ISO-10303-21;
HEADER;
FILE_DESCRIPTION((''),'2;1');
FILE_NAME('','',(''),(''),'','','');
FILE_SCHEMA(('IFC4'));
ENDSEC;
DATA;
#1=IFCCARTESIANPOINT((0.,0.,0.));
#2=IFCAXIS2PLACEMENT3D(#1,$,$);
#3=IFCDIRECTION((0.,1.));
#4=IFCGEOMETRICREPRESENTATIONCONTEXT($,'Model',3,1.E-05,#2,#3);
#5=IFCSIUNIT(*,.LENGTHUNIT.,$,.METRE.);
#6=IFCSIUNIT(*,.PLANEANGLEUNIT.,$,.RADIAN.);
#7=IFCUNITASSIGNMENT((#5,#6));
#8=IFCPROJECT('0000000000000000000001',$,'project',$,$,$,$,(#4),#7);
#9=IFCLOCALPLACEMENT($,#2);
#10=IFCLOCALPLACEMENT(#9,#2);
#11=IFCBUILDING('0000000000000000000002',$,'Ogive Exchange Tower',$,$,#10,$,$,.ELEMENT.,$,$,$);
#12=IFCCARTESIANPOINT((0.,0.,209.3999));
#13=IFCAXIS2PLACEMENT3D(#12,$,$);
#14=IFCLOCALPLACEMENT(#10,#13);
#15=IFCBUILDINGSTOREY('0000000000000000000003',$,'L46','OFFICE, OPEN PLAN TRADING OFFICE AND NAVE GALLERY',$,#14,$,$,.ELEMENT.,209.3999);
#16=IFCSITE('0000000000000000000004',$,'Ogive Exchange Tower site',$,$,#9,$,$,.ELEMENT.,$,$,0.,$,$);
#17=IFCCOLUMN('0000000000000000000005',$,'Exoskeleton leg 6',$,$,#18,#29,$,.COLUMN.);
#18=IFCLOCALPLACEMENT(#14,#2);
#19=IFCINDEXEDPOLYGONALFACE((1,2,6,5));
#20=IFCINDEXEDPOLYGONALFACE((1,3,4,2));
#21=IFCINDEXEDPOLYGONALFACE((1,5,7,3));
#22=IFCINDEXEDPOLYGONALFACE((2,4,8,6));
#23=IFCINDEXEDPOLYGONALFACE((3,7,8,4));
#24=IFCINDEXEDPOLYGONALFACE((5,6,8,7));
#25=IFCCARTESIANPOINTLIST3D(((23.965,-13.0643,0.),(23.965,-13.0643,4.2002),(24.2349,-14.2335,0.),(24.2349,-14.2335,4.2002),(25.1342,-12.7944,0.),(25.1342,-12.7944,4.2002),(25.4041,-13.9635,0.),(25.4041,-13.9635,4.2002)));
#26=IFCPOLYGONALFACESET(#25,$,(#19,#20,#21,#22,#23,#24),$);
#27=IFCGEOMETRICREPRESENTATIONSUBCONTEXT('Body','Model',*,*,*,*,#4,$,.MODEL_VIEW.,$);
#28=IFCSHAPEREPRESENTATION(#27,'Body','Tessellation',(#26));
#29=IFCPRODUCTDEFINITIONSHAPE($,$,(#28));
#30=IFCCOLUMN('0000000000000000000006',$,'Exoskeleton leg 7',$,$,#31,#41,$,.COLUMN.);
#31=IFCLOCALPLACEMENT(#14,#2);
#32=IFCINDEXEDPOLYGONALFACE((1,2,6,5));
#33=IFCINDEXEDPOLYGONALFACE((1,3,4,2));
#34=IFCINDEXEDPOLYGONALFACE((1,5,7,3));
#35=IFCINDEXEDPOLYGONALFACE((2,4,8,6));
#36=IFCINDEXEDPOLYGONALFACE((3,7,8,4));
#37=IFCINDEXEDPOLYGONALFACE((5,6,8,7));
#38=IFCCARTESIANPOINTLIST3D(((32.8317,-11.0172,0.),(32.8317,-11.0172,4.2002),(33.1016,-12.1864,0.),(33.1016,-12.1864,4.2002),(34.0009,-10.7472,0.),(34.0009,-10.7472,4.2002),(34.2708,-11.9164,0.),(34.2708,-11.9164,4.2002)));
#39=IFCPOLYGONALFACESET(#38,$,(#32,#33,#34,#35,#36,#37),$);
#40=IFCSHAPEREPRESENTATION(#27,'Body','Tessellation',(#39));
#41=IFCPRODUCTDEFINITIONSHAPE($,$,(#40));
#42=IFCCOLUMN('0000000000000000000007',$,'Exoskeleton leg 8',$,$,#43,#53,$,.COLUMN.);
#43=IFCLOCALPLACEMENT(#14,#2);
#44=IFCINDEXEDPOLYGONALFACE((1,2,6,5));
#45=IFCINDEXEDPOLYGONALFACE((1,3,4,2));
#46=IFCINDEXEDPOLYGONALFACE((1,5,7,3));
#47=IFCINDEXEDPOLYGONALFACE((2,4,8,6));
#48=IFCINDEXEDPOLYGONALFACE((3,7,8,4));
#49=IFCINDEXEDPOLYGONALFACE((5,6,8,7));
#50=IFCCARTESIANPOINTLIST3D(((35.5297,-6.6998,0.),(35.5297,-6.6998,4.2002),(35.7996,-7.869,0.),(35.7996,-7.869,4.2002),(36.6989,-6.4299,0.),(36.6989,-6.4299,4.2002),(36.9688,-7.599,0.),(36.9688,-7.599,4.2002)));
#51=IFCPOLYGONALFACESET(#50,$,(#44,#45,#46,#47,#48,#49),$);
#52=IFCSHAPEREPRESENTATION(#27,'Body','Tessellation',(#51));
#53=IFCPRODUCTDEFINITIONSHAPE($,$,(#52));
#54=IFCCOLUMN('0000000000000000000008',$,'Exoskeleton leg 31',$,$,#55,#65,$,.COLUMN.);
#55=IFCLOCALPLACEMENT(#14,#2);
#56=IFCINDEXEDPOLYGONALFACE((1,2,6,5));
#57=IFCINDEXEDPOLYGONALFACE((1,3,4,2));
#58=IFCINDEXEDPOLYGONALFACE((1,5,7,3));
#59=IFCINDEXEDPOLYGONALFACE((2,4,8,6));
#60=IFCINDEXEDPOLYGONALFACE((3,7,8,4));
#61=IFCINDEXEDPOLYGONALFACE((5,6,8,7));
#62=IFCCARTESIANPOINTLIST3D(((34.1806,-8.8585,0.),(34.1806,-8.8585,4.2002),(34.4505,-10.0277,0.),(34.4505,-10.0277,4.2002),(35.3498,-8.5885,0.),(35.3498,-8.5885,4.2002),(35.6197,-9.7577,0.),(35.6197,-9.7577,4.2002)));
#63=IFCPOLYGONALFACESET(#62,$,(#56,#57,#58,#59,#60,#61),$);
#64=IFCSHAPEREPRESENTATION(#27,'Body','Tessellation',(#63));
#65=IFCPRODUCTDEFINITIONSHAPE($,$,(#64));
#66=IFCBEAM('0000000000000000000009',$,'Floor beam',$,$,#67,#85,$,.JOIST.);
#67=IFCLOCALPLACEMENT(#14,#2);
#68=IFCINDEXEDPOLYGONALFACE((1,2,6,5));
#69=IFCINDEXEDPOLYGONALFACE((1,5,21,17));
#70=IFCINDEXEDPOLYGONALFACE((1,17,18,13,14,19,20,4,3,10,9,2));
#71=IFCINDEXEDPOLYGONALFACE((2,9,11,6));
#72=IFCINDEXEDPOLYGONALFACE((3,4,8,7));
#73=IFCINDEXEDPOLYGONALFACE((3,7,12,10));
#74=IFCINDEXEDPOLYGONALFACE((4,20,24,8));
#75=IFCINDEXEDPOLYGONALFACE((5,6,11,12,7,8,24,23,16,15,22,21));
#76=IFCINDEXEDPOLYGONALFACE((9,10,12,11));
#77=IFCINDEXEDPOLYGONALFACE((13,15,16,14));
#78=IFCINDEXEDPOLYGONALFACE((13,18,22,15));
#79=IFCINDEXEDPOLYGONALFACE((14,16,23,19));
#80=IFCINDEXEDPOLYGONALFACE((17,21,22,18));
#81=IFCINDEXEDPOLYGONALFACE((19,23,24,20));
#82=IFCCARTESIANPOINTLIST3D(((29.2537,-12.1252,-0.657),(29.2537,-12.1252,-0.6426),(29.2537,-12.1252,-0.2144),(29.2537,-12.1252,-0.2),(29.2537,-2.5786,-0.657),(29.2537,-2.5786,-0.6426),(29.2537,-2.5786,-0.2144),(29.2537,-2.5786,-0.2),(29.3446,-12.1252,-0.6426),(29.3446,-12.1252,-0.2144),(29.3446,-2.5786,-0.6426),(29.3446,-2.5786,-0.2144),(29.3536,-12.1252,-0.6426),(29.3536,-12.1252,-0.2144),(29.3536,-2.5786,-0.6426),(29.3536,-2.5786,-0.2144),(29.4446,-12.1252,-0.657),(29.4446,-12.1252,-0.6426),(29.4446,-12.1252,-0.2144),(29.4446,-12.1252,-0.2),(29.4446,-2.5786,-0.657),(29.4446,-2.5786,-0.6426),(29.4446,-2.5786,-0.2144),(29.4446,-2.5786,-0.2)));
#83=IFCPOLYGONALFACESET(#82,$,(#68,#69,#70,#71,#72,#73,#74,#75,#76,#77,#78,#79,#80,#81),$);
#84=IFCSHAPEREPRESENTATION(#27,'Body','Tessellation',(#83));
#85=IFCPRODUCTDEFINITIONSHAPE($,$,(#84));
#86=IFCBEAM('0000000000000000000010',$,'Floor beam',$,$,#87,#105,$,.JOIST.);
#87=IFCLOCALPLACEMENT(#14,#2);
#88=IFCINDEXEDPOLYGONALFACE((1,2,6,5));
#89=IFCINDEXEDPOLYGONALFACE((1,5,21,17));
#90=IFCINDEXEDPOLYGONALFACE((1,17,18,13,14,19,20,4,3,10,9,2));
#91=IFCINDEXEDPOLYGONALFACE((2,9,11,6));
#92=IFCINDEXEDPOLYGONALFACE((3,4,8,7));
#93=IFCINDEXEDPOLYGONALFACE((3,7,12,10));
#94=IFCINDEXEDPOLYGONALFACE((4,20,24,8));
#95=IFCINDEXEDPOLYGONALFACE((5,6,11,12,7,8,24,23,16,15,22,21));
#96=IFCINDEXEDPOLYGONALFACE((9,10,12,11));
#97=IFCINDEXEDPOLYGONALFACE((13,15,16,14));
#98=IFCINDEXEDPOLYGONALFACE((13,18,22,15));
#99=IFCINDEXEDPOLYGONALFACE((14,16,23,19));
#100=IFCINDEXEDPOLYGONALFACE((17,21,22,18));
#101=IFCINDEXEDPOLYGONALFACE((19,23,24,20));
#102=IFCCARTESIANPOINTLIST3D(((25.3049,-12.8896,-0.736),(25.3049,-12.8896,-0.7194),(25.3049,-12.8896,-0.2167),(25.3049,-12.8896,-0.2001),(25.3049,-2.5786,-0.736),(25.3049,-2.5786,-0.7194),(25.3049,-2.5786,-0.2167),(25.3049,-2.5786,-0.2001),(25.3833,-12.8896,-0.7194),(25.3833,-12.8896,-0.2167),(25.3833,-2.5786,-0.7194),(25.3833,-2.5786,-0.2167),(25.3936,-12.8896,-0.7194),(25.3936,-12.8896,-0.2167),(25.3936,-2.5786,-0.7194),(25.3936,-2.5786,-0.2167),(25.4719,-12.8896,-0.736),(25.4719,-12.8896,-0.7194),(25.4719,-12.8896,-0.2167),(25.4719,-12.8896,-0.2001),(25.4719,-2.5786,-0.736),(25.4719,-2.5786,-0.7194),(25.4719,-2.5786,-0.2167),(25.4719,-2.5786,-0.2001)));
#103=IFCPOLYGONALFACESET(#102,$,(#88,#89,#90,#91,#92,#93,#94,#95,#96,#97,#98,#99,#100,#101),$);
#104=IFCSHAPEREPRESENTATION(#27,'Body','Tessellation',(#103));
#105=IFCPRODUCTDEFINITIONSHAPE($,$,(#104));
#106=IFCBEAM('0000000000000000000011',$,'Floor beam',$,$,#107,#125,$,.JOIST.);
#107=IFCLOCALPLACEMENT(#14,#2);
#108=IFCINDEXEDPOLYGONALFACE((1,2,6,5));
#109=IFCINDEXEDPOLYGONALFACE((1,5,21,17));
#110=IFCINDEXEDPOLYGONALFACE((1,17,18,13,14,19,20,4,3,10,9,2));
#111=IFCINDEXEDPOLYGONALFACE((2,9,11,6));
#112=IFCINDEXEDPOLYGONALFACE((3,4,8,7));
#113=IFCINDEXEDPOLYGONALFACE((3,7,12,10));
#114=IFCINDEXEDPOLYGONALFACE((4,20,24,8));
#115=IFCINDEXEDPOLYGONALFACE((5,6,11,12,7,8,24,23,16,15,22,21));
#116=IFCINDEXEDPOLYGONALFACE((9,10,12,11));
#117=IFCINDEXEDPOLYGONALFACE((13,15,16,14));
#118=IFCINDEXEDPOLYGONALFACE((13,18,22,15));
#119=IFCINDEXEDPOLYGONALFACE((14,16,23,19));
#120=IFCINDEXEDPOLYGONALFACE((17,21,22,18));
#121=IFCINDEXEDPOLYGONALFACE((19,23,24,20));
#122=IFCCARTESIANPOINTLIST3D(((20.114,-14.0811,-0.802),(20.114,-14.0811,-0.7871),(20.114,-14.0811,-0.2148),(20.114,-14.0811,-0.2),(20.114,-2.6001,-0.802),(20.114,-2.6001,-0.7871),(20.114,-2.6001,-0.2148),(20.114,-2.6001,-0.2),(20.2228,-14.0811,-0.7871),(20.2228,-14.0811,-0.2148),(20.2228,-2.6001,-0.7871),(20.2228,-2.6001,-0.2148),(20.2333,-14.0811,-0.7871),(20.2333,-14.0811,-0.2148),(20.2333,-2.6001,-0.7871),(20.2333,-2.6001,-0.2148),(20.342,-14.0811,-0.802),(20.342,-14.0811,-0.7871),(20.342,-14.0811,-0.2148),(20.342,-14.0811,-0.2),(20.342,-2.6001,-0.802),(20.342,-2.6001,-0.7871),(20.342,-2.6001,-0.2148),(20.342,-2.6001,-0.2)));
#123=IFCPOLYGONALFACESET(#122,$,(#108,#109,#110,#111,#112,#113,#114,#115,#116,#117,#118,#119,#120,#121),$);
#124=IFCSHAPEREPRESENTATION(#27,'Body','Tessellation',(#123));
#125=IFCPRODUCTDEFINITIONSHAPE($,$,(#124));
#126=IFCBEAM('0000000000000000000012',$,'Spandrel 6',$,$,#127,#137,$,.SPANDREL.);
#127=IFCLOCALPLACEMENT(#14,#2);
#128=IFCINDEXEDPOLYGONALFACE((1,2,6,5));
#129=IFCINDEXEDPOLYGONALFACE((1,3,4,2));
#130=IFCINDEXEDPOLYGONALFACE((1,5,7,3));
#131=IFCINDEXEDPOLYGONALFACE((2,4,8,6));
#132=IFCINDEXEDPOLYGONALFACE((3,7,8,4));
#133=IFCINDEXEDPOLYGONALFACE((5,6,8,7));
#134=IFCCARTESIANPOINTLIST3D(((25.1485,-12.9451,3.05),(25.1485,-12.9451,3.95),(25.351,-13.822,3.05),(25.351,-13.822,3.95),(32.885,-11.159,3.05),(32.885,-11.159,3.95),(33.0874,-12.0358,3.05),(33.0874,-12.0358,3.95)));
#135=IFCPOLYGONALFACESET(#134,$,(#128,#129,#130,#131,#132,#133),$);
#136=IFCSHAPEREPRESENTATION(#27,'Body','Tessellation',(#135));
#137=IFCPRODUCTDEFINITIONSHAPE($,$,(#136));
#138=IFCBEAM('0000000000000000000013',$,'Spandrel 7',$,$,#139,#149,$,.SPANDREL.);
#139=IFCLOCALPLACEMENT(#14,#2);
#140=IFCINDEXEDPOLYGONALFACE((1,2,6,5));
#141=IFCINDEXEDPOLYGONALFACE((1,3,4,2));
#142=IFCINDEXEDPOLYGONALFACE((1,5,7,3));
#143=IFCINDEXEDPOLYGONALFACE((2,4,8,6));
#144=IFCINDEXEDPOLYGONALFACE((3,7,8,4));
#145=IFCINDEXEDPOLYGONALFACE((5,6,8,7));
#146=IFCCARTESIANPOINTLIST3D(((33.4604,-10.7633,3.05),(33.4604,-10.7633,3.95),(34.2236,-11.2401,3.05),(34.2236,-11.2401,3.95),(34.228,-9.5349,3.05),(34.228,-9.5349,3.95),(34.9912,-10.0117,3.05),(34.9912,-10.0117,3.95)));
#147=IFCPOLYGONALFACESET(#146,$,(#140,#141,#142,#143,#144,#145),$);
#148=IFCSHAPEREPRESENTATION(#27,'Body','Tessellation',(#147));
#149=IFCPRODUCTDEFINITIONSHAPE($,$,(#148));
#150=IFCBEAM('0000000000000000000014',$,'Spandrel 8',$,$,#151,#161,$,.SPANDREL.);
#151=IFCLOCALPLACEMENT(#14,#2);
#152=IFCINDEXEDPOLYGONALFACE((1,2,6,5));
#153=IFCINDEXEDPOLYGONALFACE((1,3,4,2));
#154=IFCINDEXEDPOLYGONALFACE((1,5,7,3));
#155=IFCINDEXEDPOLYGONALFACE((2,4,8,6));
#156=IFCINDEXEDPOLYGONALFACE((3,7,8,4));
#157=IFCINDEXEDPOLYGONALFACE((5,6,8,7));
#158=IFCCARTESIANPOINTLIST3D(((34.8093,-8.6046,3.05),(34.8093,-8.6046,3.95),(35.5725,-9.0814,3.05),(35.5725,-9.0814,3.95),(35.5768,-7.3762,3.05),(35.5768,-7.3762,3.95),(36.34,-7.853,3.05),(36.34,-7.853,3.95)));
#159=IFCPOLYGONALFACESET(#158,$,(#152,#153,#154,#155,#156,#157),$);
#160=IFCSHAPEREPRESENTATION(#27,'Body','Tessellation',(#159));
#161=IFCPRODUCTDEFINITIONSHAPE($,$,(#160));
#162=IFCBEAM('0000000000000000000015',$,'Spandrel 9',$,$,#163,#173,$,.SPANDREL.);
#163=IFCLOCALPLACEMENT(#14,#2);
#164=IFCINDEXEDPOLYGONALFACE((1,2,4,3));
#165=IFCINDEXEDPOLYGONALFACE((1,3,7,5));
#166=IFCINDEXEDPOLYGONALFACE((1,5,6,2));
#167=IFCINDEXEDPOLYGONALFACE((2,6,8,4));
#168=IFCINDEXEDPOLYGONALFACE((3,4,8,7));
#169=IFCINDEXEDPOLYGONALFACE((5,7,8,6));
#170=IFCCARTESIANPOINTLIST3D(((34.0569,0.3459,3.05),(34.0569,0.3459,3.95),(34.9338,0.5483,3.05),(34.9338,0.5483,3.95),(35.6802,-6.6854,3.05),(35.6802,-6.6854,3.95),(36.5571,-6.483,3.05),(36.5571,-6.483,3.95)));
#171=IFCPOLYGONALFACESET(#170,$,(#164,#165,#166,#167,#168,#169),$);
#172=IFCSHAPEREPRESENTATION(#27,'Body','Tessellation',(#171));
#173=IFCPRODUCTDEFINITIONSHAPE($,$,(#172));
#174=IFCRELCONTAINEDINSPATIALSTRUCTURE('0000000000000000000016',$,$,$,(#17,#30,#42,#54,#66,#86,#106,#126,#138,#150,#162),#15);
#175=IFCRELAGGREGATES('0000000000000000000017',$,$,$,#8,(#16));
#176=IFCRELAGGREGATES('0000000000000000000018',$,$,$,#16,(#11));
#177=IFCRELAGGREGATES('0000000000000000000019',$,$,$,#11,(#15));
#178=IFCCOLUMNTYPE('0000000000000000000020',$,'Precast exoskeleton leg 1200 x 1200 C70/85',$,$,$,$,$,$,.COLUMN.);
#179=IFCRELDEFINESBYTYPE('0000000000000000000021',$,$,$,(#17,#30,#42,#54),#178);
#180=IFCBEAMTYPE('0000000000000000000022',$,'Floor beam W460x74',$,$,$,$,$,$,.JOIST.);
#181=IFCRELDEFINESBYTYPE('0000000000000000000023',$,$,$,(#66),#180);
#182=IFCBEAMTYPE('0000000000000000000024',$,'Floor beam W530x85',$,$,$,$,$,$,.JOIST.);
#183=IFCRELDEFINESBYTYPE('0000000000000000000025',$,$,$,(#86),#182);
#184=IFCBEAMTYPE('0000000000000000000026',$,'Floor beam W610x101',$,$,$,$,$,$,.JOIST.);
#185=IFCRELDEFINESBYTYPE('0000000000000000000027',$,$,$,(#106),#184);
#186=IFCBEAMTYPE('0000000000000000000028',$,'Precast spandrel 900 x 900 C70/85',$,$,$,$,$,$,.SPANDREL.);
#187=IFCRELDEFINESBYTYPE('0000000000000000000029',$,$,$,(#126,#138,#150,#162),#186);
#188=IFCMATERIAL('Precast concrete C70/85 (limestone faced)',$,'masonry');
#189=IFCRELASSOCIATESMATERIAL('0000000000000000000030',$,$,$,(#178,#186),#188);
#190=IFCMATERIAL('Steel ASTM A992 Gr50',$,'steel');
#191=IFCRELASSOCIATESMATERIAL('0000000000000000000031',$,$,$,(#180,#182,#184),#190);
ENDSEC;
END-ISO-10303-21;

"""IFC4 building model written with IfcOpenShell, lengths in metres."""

from ifc_helpers import new_model, si_unit, direction, frame, origin, origin_2d, place, context, subcontext, project, spatial, rectangle, i_section, extrude, material, material_profile, profile_set, type_object, element, save


model = new_model("IFC4")

# Units and contexts
model_context = context("Model", 3, precision=1e-05, world=origin(), true_north=direction((0.0, 1.0)))
body_context = subcontext(model_context, "Body", "Model", "MODEL_VIEW")
ifc_project = project(units=[si_unit("LENGTHUNIT", "METRE"), si_unit("PLANEANGLEUNIT", "RADIAN")], contexts=[model_context])

# Site, building, storey
site_placement = place(None, origin())
site = spatial("IfcSite", under=ifc_project, at=site_placement, Name="Ogive Exchange Tower site", CompositionType="ELEMENT", RefElevation=0.0)
building_placement = place(site_placement, origin())
building = spatial("IfcBuilding", under=site, at=building_placement, Name="Ogive Exchange Tower", CompositionType="ELEMENT")
storey_placement = place(building_placement, frame((0.0, 0.0, 209.3999)))
storey = spatial("IfcBuildingStorey", under=building, at=storey_placement, Name="L46", Description="OFFICE, OPEN PLAN TRADING OFFICE AND NAVE GALLERY", CompositionType="ELEMENT", Elevation=209.3999)

# Columns
ifc_material_1 = material(Name="Precast concrete C70/85 (limestone faced)", Category="masonry")
ifc_material_profile_1 = material_profile(ifc_material_1, rectangle(XDim=1.2, YDim=1.2, at=origin_2d()), Name="1200 x 1200")
ifc_profile_set_1 = profile_set([ifc_material_profile_1], Name="Precast concrete C70/85 (limestone faced)")
column_type = type_object("IfcColumnType", Name="Precast exoskeleton leg 1200 x 1200 C70/85", PredefinedType="COLUMN", material=ifc_profile_set_1)
for number, where, z_axis, x_axis, name in (
    (1, (24.6846, -13.5139, 0.0), (0.0, 0.0, 1.0), (0.97437, 0.224951, 0.0), "Exoskeleton leg 6"),
    (2, (33.5513, -11.4668, 0.0), (0.0, 0.0, 1.0), (0.97437, 0.224951, 0.0), "Exoskeleton leg 7"),
    (3, (36.2493, -7.1494, 0.0), (0.0, 0.0, 1.0), (0.97437, 0.224951, 0.0), "Exoskeleton leg 8"),
    (4, (34.9001, -9.3081, 0.0), (0.0, 0.0, 1.0), (0.97437, 0.224951, 0.0), "Exoskeleton leg 31"),
):
    element("IfcColumn", number, at=place(storey_placement, frame(where, z_axis=z_axis, x_axis=x_axis)), inside=storey, type_object=column_type, Name=name, PredefinedType="COLUMN", context=body_context, shape_type="SweptSolid", body=[
        extrude(rectangle(XDim=1.2, YDim=1.2, at=origin_2d()), origin(), (0.0, 0.0, 1.0), 4.2002),
    ])

# Beams
ifc_material_2 = material(Name="Steel ASTM A992 Gr50", Category="steel")
ifc_material_profile_2 = material_profile(ifc_material_2, i_section(OverallWidth=0.1909, OverallDepth=0.457, WebThickness=0.009, FlangeThickness=0.0144, at=origin_2d()), Name="W460x74")
ifc_profile_set_2 = profile_set([ifc_material_profile_2], Name="Steel ASTM A992 Gr50")
beam_type_1 = type_object("IfcBeamType", Name="Floor beam W460x74", PredefinedType="JOIST", material=ifc_profile_set_2)
beam_1_placement = place(storey_placement, frame((29.3491, -12.1252, -0.4285), z_axis=(0.0, 1.0, 0.0), x_axis=(-1.0, 0.0, 0.0)))
element("IfcBeam", 5, at=beam_1_placement, inside=storey, type_object=beam_type_1, Name="Floor beam", PredefinedType="JOIST", context=body_context, shape_type="SweptSolid", body=[
    extrude(i_section(OverallWidth=0.1909, OverallDepth=0.457, WebThickness=0.009, FlangeThickness=0.0144, at=origin_2d()), origin(), (0.0, 0.0, 1.0), 9.5466),
])
ifc_material_profile_3 = material_profile(ifc_material_2, i_section(OverallWidth=0.167, OverallDepth=0.5359, WebThickness=0.0103, FlangeThickness=0.0166, at=origin_2d()), Name="W530x85")
ifc_profile_set_3 = profile_set([ifc_material_profile_3], Name="Steel ASTM A992 Gr50")
beam_type_2 = type_object("IfcBeamType", Name="Floor beam W530x85", PredefinedType="JOIST", material=ifc_profile_set_3)
beam_2_placement = place(storey_placement, frame((25.3884, -12.8896, -0.468), z_axis=(0.0, 1.0, 0.0), x_axis=(-1.0, 0.0, 0.0)))
element("IfcBeam", 6, at=beam_2_placement, inside=storey, type_object=beam_type_2, Name="Floor beam", PredefinedType="JOIST", context=body_context, shape_type="SweptSolid", body=[
    extrude(i_section(OverallWidth=0.167, OverallDepth=0.5359, WebThickness=0.0103, FlangeThickness=0.0166, at=origin_2d()), origin(), (0.0, 0.0, 1.0), 10.311),
])
ifc_material_profile_4 = material_profile(ifc_material_2, i_section(OverallWidth=0.228, OverallDepth=0.6021, WebThickness=0.0105, FlangeThickness=0.0149, at=origin_2d()), Name="W610x101")
ifc_profile_set_4 = profile_set([ifc_material_profile_4], Name="Steel ASTM A992 Gr50")
beam_type_3 = type_object("IfcBeamType", Name="Floor beam W610x101", PredefinedType="JOIST", material=ifc_profile_set_4)
beam_3_placement = place(storey_placement, frame((20.228, -14.0811, -0.501), z_axis=(0.0, 1.0, 0.0), x_axis=(-1.0, 0.0, 0.0)))
element("IfcBeam", 7, at=beam_3_placement, inside=storey, type_object=beam_type_3, Name="Floor beam", PredefinedType="JOIST", context=body_context, shape_type="SweptSolid", body=[
    extrude(i_section(OverallWidth=0.228, OverallDepth=0.6021, WebThickness=0.0105, FlangeThickness=0.0149, at=origin_2d()), origin(), (0.0, 0.0, 1.0), 11.481),
])
ifc_material_profile_5 = material_profile(ifc_material_1, rectangle(XDim=0.8999, YDim=0.8999, at=origin_2d()), Name="900 x 900")
ifc_profile_set_5 = profile_set([ifc_material_profile_5], Name="Precast concrete C70/85 (limestone faced)")
beam_type_4 = type_object("IfcBeamType", Name="Precast spandrel 900 x 900 C70/85", PredefinedType="SPANDREL", material=ifc_profile_set_5)
beam_4_placement = place(storey_placement, frame((25.2498, -13.3835, 3.5), z_axis=(0.974368, 0.224958, 0.0), x_axis=(-0.224958, 0.974368, 0.0)))
element("IfcBeam", 8, at=beam_4_placement, inside=storey, type_object=beam_type_4, Name="Spandrel 6", PredefinedType="SPANDREL", context=body_context, shape_type="SweptSolid", body=[
    extrude(rectangle(XDim=0.8999, YDim=0.8999, at=origin_2d()), origin(), (0.0, 0.0, 1.0), 7.9399),
])
for number, where, z_axis, x_axis, name in (
    (9, (33.842, -11.0017, 3.5), (0.529878, 0.848074, 0.0), (-0.848074, 0.529878, 0.0), "Spandrel 7"),
    (10, (35.1909, -8.843, 3.5), (0.529878, 0.848074, 0.0), (-0.848074, 0.529878, 0.0), "Spandrel 8"),
):
    element("IfcBeam", number, at=place(storey_placement, frame(where, z_axis=z_axis, x_axis=x_axis)), inside=storey, type_object=beam_type_4, Name=name, PredefinedType="SPANDREL", context=body_context, shape_type="SweptSolid", body=[
        extrude(rectangle(XDim=0.8999, YDim=0.8999, at=origin_2d()), origin(), (0.0, 0.0, 1.0), 1.4485),
    ])
beam_5_placement = place(storey_placement, frame((36.1187, -6.5842, 3.5), z_axis=(-0.224951, 0.97437, 0.0), x_axis=(-0.97437, -0.224951, 0.0)))
element("IfcBeam", 11, at=beam_5_placement, inside=storey, type_object=beam_type_4, Name="Spandrel 9", PredefinedType="SPANDREL", context=body_context, shape_type="SweptSolid", body=[
    extrude(rectangle(XDim=0.8999, YDim=0.8999, at=origin_2d()), origin(), (0.0, 0.0, 1.0), 7.2163),
])

save(model, "model.ifc")
